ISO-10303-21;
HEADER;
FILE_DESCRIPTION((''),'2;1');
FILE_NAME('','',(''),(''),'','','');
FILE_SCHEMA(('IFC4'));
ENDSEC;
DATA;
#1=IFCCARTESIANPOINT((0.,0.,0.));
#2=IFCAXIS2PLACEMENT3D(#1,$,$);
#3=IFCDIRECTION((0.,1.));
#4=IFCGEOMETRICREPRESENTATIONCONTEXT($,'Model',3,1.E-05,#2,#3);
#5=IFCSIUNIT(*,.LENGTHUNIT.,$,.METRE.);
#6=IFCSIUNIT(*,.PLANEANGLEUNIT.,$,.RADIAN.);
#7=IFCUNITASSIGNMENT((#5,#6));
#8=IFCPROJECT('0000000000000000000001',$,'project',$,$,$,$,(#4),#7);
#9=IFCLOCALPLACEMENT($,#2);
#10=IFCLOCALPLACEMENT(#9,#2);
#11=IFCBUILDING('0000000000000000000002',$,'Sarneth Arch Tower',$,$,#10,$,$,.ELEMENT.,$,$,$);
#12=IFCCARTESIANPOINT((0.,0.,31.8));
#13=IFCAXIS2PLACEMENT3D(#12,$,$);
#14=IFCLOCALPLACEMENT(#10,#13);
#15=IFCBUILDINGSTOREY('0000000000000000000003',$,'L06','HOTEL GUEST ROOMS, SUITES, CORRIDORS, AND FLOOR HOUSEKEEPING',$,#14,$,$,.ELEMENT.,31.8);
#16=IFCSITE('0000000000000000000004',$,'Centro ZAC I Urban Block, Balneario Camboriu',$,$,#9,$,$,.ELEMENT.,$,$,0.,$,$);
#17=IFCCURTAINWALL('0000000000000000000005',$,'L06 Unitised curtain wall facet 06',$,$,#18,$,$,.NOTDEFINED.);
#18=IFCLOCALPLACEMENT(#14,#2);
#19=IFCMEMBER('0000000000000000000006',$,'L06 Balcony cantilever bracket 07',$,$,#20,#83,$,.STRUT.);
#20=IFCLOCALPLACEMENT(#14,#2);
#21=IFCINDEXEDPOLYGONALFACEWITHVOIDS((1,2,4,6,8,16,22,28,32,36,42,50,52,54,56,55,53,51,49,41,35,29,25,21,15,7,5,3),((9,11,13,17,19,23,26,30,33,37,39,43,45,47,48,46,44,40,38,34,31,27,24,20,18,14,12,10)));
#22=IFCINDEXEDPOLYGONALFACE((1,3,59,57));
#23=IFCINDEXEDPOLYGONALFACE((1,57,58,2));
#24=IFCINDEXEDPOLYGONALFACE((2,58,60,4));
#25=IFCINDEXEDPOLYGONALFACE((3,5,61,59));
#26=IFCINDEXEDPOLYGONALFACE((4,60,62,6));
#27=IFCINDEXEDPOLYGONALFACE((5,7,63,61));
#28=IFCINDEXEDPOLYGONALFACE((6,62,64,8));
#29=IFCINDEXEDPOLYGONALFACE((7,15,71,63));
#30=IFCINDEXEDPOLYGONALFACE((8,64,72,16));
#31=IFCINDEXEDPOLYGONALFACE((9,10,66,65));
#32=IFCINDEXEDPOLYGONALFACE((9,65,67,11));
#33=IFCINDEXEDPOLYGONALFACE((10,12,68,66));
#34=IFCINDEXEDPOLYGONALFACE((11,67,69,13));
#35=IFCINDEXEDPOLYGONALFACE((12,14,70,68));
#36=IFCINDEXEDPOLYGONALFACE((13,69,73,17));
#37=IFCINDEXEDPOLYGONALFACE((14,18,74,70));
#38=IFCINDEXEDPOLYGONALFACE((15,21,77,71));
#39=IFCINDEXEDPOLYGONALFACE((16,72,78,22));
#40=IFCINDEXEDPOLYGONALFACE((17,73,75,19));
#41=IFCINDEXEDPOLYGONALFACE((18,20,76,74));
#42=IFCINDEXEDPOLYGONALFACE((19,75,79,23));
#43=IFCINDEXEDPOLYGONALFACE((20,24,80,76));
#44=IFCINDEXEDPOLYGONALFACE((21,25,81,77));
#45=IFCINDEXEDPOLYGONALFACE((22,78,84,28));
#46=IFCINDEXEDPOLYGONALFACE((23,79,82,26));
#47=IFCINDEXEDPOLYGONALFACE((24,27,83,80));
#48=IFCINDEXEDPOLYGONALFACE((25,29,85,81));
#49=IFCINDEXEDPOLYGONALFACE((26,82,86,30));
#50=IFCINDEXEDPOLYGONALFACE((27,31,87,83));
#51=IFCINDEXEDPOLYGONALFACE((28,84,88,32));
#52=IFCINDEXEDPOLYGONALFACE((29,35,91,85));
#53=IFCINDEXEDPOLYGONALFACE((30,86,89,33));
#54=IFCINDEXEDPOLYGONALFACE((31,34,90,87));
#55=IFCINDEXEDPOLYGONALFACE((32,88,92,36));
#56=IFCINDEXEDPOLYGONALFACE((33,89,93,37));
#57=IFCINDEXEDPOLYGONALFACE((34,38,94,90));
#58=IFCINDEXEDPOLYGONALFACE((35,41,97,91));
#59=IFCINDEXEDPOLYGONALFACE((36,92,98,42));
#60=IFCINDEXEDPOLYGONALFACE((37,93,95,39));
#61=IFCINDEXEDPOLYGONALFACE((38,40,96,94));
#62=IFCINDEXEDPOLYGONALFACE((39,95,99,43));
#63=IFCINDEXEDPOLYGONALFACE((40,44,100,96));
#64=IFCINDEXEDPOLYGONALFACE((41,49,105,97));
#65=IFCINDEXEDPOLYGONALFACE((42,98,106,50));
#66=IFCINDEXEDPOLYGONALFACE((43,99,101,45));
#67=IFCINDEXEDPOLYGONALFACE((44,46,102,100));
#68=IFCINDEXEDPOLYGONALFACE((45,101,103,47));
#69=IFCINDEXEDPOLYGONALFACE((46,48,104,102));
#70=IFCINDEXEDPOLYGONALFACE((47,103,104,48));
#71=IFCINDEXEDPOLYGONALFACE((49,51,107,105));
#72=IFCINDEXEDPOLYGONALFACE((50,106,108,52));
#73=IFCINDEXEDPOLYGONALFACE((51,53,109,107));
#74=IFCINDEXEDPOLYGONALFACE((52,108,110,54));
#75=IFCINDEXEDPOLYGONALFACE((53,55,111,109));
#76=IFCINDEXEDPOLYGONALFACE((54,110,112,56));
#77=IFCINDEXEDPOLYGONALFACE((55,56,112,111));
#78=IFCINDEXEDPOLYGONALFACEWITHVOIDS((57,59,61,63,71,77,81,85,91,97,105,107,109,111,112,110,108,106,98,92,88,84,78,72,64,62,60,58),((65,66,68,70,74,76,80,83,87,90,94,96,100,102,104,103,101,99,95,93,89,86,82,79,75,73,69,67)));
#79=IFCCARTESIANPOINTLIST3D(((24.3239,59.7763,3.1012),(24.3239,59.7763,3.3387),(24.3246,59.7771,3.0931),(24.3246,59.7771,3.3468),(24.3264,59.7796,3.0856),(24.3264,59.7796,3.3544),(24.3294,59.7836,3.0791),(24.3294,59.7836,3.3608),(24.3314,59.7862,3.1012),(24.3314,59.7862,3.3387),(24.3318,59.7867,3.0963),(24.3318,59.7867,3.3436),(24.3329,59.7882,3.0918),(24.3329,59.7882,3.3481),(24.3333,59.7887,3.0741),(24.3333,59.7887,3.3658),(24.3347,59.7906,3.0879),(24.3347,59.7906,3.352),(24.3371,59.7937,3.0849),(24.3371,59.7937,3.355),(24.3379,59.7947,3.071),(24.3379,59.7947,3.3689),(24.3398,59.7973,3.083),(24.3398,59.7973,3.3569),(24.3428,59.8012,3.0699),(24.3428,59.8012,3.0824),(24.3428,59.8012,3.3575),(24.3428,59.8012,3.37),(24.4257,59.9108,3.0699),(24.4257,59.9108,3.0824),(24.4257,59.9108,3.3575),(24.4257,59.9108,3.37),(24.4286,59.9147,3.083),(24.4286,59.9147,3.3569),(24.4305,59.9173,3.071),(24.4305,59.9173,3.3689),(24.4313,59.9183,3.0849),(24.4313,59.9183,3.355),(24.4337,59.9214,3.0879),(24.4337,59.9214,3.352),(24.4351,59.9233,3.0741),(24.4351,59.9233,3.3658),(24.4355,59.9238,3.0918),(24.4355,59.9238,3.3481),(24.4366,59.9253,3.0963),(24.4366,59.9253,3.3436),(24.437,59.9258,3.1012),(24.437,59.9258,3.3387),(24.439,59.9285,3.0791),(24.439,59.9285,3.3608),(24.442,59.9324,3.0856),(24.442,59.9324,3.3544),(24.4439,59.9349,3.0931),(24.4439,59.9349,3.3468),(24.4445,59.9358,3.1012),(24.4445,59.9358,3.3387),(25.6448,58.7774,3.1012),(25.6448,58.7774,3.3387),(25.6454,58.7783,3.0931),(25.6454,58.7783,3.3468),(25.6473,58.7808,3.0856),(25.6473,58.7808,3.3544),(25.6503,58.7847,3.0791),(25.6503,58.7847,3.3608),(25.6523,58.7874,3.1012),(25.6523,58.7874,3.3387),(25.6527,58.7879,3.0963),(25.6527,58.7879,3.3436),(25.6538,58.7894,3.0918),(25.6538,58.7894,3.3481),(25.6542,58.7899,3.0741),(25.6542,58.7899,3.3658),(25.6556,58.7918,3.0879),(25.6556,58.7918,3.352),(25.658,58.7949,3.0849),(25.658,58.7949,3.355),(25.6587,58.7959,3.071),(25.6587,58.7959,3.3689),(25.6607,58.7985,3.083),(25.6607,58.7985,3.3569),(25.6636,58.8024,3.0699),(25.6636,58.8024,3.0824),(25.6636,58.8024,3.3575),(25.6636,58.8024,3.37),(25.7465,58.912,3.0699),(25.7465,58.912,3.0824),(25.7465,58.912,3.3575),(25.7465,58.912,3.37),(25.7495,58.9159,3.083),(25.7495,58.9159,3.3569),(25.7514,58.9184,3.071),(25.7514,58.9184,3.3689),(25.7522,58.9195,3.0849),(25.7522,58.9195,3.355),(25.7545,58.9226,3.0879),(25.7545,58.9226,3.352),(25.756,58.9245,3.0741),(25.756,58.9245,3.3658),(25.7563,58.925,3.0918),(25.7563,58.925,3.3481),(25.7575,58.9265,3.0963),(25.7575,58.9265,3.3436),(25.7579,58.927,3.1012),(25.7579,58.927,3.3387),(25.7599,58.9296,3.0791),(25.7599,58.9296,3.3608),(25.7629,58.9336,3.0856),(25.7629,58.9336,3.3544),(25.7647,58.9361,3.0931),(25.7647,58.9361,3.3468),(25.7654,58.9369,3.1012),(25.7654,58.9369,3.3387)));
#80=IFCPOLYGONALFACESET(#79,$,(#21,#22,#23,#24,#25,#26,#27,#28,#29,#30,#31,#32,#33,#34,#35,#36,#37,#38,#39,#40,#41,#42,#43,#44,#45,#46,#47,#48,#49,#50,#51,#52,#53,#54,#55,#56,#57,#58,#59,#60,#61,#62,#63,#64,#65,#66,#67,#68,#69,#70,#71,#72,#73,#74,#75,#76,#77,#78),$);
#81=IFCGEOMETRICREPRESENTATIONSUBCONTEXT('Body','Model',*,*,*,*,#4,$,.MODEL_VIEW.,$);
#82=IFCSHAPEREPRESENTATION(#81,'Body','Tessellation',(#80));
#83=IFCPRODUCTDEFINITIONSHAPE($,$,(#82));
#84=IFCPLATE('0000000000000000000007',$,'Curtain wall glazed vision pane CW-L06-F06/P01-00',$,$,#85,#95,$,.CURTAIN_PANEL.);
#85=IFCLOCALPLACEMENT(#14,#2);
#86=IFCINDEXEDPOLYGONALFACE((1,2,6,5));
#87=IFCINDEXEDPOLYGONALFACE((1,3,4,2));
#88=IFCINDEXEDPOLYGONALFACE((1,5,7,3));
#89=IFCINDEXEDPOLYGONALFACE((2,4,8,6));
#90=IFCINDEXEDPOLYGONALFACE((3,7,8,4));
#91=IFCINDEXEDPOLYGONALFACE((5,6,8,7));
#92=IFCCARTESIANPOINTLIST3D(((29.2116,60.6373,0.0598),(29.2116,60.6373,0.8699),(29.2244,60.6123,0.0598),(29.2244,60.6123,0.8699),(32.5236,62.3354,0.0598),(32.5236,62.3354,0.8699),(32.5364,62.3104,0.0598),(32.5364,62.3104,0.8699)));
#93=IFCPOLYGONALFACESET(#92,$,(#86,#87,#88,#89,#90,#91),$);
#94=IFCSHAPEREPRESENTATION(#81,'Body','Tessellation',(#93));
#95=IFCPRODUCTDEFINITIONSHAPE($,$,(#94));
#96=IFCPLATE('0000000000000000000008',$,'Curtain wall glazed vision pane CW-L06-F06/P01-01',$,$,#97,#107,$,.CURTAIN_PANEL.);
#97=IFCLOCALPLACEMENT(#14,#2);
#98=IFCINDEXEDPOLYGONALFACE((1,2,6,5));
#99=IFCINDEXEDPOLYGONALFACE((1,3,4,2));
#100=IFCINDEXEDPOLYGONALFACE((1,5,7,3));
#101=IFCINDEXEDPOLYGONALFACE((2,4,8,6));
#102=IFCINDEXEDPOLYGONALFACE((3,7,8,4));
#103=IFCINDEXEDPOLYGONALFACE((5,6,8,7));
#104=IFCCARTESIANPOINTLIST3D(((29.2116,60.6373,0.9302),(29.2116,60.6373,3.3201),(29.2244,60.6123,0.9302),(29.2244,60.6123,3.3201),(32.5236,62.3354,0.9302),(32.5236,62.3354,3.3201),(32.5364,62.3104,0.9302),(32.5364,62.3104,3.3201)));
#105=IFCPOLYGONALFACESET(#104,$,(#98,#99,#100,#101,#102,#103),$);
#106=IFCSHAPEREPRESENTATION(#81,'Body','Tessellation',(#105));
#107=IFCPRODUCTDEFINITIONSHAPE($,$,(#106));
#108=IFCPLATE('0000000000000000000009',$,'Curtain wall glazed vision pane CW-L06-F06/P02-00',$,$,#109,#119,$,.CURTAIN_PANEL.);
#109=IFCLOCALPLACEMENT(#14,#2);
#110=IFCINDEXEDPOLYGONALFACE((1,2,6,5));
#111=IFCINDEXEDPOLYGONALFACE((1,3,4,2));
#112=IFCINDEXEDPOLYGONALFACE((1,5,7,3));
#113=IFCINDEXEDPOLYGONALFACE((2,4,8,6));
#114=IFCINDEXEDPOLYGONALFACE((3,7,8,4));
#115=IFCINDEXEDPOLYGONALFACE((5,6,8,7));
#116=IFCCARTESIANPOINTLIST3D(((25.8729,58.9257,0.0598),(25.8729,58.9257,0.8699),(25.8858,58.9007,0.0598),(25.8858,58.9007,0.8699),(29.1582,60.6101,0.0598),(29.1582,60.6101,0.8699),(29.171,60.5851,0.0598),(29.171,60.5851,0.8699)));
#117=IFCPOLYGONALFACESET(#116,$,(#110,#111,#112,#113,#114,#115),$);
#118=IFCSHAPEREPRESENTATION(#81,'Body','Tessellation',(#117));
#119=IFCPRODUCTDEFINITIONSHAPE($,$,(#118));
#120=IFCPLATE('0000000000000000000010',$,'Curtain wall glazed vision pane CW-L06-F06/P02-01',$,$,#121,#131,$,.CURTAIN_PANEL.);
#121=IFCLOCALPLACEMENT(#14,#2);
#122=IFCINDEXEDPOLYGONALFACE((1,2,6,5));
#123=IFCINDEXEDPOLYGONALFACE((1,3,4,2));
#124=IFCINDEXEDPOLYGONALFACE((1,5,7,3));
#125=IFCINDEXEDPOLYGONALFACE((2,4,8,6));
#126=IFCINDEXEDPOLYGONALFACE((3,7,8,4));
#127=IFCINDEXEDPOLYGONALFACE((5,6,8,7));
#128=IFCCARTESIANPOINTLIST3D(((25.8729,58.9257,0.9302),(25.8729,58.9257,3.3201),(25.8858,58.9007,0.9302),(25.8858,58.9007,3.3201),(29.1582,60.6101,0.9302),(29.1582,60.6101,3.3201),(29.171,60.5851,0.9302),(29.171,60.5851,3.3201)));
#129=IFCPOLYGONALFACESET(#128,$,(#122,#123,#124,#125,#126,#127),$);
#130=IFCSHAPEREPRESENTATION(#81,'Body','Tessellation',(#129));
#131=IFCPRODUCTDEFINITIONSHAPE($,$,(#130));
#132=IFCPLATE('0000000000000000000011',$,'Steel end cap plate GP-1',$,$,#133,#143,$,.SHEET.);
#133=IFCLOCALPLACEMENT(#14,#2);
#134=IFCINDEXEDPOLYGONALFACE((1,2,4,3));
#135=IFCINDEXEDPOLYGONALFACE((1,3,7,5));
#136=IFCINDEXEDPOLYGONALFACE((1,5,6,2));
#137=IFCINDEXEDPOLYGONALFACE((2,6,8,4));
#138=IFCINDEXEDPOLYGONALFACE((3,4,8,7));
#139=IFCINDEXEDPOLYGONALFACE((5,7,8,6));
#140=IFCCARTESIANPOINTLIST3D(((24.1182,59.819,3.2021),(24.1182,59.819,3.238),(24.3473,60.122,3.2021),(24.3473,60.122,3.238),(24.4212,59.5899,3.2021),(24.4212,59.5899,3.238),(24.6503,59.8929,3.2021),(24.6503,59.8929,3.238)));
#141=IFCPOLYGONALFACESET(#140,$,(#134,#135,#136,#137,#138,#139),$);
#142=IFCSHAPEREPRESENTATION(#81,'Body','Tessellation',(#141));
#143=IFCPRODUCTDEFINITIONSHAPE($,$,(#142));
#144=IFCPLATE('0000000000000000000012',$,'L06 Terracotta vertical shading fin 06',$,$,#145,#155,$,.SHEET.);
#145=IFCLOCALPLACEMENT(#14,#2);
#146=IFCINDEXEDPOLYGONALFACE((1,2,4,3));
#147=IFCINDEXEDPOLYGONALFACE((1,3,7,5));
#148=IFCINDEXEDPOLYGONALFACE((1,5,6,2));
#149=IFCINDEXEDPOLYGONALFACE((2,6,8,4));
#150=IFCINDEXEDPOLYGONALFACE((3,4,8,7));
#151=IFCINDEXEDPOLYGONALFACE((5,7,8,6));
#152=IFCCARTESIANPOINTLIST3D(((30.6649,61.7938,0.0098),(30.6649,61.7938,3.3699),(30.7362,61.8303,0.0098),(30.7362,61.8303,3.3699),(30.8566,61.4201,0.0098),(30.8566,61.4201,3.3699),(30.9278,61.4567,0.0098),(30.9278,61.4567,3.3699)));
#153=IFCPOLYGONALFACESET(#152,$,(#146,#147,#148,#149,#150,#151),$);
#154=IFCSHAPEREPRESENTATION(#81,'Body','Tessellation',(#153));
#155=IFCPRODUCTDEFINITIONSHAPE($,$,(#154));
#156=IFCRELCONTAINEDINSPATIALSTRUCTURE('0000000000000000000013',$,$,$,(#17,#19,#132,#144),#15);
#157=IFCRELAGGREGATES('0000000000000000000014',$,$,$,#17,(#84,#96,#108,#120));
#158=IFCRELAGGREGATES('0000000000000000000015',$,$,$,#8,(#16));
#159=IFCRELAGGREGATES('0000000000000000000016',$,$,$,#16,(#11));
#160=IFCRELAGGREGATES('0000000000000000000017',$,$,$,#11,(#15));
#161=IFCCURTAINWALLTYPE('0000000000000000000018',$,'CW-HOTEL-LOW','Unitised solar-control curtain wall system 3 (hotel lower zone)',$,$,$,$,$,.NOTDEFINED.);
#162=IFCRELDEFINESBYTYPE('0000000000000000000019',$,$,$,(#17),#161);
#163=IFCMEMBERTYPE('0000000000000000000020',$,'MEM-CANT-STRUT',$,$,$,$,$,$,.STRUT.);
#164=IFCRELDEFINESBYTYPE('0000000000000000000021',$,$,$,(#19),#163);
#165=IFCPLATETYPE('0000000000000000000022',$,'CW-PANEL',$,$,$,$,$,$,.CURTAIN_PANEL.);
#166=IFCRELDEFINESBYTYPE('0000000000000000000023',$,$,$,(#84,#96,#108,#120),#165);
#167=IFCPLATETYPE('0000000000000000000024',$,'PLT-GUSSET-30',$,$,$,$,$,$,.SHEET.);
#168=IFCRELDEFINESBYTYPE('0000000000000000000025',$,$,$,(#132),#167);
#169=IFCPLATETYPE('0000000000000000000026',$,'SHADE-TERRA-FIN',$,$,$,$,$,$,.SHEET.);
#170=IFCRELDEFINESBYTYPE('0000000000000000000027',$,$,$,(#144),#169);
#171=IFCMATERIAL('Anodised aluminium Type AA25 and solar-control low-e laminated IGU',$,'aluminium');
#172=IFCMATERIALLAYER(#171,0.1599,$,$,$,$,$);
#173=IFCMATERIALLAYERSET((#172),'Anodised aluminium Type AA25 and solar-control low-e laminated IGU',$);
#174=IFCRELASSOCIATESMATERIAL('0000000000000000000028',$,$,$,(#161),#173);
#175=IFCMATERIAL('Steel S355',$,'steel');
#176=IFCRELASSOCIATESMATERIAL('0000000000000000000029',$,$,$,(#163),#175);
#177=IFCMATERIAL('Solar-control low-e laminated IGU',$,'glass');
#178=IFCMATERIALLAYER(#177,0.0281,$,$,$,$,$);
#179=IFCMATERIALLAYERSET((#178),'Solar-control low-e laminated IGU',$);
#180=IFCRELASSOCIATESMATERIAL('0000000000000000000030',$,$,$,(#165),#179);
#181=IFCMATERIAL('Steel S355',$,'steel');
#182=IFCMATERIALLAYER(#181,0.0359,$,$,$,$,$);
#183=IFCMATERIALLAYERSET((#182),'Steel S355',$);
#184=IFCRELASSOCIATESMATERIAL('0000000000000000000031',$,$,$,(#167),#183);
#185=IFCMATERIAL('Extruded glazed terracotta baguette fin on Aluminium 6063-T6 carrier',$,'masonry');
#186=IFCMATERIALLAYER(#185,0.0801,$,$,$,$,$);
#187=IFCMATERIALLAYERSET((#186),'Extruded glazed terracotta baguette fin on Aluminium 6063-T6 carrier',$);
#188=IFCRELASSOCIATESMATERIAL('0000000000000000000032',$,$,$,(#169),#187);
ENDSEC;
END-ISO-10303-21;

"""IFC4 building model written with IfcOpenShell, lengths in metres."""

from ifc_helpers import new_model, si_unit, direction, frame, origin, origin_2d, place, context, subcontext, project, spatial, rectangle, hollow_rectangle, extrude, material, layer, layer_set, material_profile, profile_set, type_object, element, aggregate, save


model = new_model("IFC4")

# Units and contexts
model_context = context("Model", 3, precision=1e-05, world=origin(), true_north=direction((0.0, 1.0)))
body_context = subcontext(model_context, "Body", "Model", "MODEL_VIEW")
ifc_project = project(units=[si_unit("LENGTHUNIT", "METRE"), si_unit("PLANEANGLEUNIT", "RADIAN")], contexts=[model_context])

# Site, building, storey
site_placement = place(None, origin())
site = spatial("IfcSite", under=ifc_project, at=site_placement, Name="Centro ZAC I Urban Block, Balneario Camboriu", CompositionType="ELEMENT", RefElevation=0.0)
building_placement = place(site_placement, origin())
building = spatial("IfcBuilding", under=site, at=building_placement, Name="Sarneth Arch Tower", CompositionType="ELEMENT")
storey_placement = place(building_placement, frame((0.0, 0.0, 31.8)))
storey = spatial("IfcBuildingStorey", under=building, at=storey_placement, Name="L06", Description="HOTEL GUEST ROOMS, SUITES, CORRIDORS, AND FLOOR HOUSEKEEPING", CompositionType="ELEMENT", Elevation=31.8)

# Curtain wall
ifc_material_1 = material(Name="Anodised aluminium Type AA25 and solar-control low-e laminated IGU", Category="aluminium")
ifc_layer_1 = layer(ifc_material_1, 0.1599)
ifc_layer_set_1 = layer_set([ifc_layer_1], Name="Anodised aluminium Type AA25 and solar-control low-e laminated IGU")
curtain_wall_type = type_object("IfcCurtainWallType", Name="CW-HOTEL-LOW", Description="Unitised solar-control curtain wall system 3 (hotel lower zone)", PredefinedType="NOTDEFINED", material=ifc_layer_set_1)
curtain_wall_placement = place(storey_placement, origin())
curtain_wall = element("IfcCurtainWall", 1, at=curtain_wall_placement, inside=storey, type_object=curtain_wall_type, Name="L06 Unitised curtain wall facet 06", PredefinedType="NOTDEFINED")

# Member
ifc_material_2 = material(Name="Steel S355", Category="steel")
ifc_material_profile_1 = material_profile(ifc_material_2, hollow_rectangle(XDim=0.2, YDim=0.3, WallThickness=0.0125, InnerFilletRadius=0.0188, OuterFilletRadius=0.0312, at=origin_2d()), Name="RHS300x200x12.5")
ifc_profile_set_1 = profile_set([ifc_material_profile_1], Name="Steel S355")
member_type_1 = type_object("IfcMemberType", Name="MEM-CANT-STRUT", PredefinedType="STRUT", material=ifc_profile_set_1)
member_1_placement = place(storey_placement, frame((25.7051, 58.8572, 3.22), z_axis=(-0.797623, 0.603156, 0.0), x_axis=(-0.603156, -0.797623, 0.0)))
element("IfcMember", 2, at=member_1_placement, inside=storey, type_object=member_type_1, Name="L06 Balcony cantilever bracket 07", PredefinedType="STRUT", context=body_context, shape_type="SweptSolid", body=[
    extrude(hollow_rectangle(XDim=0.2, YDim=0.3, WallThickness=0.0125, InnerFilletRadius=0.0188, OuterFilletRadius=0.0312, at=origin_2d()), origin(), (0.0, 0.0, 1.0), 1.656),
])

# Plates
ifc_material_3 = material(Name="Solar-control low-e laminated IGU", Category="glass")
ifc_layer_2 = layer(ifc_material_3, 0.0281)
ifc_layer_set_2 = layer_set([ifc_layer_2], Name="Solar-control low-e laminated IGU")
plate_type_1 = type_object("IfcPlateType", Name="CW-PANEL", PredefinedType="CURTAIN_PANEL", material=ifc_layer_set_2)
plate_1_placement = place(storey_placement, frame((30.874, 61.4739, 0.0598), z_axis=(0.0, 0.0, 1.0), x_axis=(-0.889854, -0.456245, 0.0)))
plate_1 = element("IfcPlate", 3, at=plate_1_placement, type_object=plate_type_1, Name="Curtain wall glazed vision pane CW-L06-F06/P01-00", PredefinedType="CURTAIN_PANEL", context=body_context, shape_type="SweptSolid", body=[
    extrude(rectangle(XDim=3.7219, YDim=0.0281, at=origin_2d()), origin(), (0.0, 0.0, 1.0), 0.8101),
])
plate_2_placement = place(storey_placement, frame((30.874, 61.4739, 0.9302), z_axis=(0.0, 0.0, 1.0), x_axis=(-0.889854, -0.456245, 0.0)))
plate_2 = element("IfcPlate", 4, at=plate_2_placement, type_object=plate_type_1, Name="Curtain wall glazed vision pane CW-L06-F06/P01-01", PredefinedType="CURTAIN_PANEL", context=body_context, shape_type="SweptSolid", body=[
    extrude(rectangle(XDim=3.7219, YDim=0.0281, at=origin_2d()), origin(), (0.0, 0.0, 1.0), 2.3899),
])
plate_3_placement = place(storey_placement, frame((27.522, 59.7554, 0.0598), z_axis=(0.0, 0.0, 1.0), x_axis=(-0.889854, -0.456245, 0.0)))
plate_3 = element("IfcPlate", 5, at=plate_3_placement, type_object=plate_type_1, Name="Curtain wall glazed vision pane CW-L06-F06/P02-00", PredefinedType="CURTAIN_PANEL", context=body_context, shape_type="SweptSolid", body=[
    extrude(rectangle(XDim=3.6919, YDim=0.0281, at=origin_2d()), origin(), (0.0, 0.0, 1.0), 0.8101),
])
plate_4_placement = place(storey_placement, frame((27.522, 59.7554, 0.9302), z_axis=(0.0, 0.0, 1.0), x_axis=(-0.889854, -0.456245, 0.0)))
plate_4 = element("IfcPlate", 6, at=plate_4_placement, type_object=plate_type_1, Name="Curtain wall glazed vision pane CW-L06-F06/P02-01", PredefinedType="CURTAIN_PANEL", context=body_context, shape_type="SweptSolid", body=[
    extrude(rectangle(XDim=3.6919, YDim=0.0281, at=origin_2d()), origin(), (0.0, 0.0, 1.0), 2.3899),
])
aggregate(curtain_wall, [plate_1, plate_2, plate_3, plate_4])

# Plates
ifc_material_4 = material(Name="Steel S355", Category="steel")
ifc_layer_3 = layer(ifc_material_4, 0.0359)
ifc_layer_set_3 = layer_set([ifc_layer_3], Name="Steel S355")
plate_type_2 = type_object("IfcPlateType", Name="PLT-GUSSET-30", PredefinedType="SHEET", material=ifc_layer_set_3)
plate_5_placement = place(storey_placement, frame((24.3843, 59.856, 3.2021), z_axis=(0.0, 0.0, 1.0), x_axis=(-0.797689, 0.603069, 0.0)))
element("IfcPlate", 7, at=plate_5_placement, inside=storey, type_object=plate_type_2, Name="Steel end cap plate GP-1", PredefinedType="SHEET", context=body_context, shape_type="SweptSolid", body=[
    extrude(rectangle(XDim=0.3799, YDim=0.3799, at=origin_2d()), origin(), (0.0, 0.0, 1.0), 0.0359),
])
ifc_material_5 = material(Name="Extruded glazed terracotta baguette fin on Aluminium 6063-T6 carrier", Category="masonry")
ifc_layer_4 = layer(ifc_material_5, 0.0801)
ifc_layer_set_4 = layer_set([ifc_layer_4], Name="Extruded glazed terracotta baguette fin on Aluminium 6063-T6 carrier")
plate_type_3 = type_object("IfcPlateType", Name="SHADE-TERRA-FIN", PredefinedType="SHEET", material=ifc_layer_set_4)
plate_6_placement = place(storey_placement, frame((30.7964, 61.6252, 0.0098), z_axis=(0.0, 0.0, 1.0), x_axis=(-0.456322, 0.889815, 0.0)))
element("IfcPlate", 8, at=plate_6_placement, inside=storey, type_object=plate_type_3, Name="L06 Terracotta vertical shading fin 06", PredefinedType="SHEET", context=body_context, shape_type="SweptSolid", body=[
    extrude(rectangle(XDim=0.4199, YDim=0.0801, at=origin_2d()), origin(), (0.0, 0.0, 1.0), 3.3601),
])

save(model, "model.ifc")
